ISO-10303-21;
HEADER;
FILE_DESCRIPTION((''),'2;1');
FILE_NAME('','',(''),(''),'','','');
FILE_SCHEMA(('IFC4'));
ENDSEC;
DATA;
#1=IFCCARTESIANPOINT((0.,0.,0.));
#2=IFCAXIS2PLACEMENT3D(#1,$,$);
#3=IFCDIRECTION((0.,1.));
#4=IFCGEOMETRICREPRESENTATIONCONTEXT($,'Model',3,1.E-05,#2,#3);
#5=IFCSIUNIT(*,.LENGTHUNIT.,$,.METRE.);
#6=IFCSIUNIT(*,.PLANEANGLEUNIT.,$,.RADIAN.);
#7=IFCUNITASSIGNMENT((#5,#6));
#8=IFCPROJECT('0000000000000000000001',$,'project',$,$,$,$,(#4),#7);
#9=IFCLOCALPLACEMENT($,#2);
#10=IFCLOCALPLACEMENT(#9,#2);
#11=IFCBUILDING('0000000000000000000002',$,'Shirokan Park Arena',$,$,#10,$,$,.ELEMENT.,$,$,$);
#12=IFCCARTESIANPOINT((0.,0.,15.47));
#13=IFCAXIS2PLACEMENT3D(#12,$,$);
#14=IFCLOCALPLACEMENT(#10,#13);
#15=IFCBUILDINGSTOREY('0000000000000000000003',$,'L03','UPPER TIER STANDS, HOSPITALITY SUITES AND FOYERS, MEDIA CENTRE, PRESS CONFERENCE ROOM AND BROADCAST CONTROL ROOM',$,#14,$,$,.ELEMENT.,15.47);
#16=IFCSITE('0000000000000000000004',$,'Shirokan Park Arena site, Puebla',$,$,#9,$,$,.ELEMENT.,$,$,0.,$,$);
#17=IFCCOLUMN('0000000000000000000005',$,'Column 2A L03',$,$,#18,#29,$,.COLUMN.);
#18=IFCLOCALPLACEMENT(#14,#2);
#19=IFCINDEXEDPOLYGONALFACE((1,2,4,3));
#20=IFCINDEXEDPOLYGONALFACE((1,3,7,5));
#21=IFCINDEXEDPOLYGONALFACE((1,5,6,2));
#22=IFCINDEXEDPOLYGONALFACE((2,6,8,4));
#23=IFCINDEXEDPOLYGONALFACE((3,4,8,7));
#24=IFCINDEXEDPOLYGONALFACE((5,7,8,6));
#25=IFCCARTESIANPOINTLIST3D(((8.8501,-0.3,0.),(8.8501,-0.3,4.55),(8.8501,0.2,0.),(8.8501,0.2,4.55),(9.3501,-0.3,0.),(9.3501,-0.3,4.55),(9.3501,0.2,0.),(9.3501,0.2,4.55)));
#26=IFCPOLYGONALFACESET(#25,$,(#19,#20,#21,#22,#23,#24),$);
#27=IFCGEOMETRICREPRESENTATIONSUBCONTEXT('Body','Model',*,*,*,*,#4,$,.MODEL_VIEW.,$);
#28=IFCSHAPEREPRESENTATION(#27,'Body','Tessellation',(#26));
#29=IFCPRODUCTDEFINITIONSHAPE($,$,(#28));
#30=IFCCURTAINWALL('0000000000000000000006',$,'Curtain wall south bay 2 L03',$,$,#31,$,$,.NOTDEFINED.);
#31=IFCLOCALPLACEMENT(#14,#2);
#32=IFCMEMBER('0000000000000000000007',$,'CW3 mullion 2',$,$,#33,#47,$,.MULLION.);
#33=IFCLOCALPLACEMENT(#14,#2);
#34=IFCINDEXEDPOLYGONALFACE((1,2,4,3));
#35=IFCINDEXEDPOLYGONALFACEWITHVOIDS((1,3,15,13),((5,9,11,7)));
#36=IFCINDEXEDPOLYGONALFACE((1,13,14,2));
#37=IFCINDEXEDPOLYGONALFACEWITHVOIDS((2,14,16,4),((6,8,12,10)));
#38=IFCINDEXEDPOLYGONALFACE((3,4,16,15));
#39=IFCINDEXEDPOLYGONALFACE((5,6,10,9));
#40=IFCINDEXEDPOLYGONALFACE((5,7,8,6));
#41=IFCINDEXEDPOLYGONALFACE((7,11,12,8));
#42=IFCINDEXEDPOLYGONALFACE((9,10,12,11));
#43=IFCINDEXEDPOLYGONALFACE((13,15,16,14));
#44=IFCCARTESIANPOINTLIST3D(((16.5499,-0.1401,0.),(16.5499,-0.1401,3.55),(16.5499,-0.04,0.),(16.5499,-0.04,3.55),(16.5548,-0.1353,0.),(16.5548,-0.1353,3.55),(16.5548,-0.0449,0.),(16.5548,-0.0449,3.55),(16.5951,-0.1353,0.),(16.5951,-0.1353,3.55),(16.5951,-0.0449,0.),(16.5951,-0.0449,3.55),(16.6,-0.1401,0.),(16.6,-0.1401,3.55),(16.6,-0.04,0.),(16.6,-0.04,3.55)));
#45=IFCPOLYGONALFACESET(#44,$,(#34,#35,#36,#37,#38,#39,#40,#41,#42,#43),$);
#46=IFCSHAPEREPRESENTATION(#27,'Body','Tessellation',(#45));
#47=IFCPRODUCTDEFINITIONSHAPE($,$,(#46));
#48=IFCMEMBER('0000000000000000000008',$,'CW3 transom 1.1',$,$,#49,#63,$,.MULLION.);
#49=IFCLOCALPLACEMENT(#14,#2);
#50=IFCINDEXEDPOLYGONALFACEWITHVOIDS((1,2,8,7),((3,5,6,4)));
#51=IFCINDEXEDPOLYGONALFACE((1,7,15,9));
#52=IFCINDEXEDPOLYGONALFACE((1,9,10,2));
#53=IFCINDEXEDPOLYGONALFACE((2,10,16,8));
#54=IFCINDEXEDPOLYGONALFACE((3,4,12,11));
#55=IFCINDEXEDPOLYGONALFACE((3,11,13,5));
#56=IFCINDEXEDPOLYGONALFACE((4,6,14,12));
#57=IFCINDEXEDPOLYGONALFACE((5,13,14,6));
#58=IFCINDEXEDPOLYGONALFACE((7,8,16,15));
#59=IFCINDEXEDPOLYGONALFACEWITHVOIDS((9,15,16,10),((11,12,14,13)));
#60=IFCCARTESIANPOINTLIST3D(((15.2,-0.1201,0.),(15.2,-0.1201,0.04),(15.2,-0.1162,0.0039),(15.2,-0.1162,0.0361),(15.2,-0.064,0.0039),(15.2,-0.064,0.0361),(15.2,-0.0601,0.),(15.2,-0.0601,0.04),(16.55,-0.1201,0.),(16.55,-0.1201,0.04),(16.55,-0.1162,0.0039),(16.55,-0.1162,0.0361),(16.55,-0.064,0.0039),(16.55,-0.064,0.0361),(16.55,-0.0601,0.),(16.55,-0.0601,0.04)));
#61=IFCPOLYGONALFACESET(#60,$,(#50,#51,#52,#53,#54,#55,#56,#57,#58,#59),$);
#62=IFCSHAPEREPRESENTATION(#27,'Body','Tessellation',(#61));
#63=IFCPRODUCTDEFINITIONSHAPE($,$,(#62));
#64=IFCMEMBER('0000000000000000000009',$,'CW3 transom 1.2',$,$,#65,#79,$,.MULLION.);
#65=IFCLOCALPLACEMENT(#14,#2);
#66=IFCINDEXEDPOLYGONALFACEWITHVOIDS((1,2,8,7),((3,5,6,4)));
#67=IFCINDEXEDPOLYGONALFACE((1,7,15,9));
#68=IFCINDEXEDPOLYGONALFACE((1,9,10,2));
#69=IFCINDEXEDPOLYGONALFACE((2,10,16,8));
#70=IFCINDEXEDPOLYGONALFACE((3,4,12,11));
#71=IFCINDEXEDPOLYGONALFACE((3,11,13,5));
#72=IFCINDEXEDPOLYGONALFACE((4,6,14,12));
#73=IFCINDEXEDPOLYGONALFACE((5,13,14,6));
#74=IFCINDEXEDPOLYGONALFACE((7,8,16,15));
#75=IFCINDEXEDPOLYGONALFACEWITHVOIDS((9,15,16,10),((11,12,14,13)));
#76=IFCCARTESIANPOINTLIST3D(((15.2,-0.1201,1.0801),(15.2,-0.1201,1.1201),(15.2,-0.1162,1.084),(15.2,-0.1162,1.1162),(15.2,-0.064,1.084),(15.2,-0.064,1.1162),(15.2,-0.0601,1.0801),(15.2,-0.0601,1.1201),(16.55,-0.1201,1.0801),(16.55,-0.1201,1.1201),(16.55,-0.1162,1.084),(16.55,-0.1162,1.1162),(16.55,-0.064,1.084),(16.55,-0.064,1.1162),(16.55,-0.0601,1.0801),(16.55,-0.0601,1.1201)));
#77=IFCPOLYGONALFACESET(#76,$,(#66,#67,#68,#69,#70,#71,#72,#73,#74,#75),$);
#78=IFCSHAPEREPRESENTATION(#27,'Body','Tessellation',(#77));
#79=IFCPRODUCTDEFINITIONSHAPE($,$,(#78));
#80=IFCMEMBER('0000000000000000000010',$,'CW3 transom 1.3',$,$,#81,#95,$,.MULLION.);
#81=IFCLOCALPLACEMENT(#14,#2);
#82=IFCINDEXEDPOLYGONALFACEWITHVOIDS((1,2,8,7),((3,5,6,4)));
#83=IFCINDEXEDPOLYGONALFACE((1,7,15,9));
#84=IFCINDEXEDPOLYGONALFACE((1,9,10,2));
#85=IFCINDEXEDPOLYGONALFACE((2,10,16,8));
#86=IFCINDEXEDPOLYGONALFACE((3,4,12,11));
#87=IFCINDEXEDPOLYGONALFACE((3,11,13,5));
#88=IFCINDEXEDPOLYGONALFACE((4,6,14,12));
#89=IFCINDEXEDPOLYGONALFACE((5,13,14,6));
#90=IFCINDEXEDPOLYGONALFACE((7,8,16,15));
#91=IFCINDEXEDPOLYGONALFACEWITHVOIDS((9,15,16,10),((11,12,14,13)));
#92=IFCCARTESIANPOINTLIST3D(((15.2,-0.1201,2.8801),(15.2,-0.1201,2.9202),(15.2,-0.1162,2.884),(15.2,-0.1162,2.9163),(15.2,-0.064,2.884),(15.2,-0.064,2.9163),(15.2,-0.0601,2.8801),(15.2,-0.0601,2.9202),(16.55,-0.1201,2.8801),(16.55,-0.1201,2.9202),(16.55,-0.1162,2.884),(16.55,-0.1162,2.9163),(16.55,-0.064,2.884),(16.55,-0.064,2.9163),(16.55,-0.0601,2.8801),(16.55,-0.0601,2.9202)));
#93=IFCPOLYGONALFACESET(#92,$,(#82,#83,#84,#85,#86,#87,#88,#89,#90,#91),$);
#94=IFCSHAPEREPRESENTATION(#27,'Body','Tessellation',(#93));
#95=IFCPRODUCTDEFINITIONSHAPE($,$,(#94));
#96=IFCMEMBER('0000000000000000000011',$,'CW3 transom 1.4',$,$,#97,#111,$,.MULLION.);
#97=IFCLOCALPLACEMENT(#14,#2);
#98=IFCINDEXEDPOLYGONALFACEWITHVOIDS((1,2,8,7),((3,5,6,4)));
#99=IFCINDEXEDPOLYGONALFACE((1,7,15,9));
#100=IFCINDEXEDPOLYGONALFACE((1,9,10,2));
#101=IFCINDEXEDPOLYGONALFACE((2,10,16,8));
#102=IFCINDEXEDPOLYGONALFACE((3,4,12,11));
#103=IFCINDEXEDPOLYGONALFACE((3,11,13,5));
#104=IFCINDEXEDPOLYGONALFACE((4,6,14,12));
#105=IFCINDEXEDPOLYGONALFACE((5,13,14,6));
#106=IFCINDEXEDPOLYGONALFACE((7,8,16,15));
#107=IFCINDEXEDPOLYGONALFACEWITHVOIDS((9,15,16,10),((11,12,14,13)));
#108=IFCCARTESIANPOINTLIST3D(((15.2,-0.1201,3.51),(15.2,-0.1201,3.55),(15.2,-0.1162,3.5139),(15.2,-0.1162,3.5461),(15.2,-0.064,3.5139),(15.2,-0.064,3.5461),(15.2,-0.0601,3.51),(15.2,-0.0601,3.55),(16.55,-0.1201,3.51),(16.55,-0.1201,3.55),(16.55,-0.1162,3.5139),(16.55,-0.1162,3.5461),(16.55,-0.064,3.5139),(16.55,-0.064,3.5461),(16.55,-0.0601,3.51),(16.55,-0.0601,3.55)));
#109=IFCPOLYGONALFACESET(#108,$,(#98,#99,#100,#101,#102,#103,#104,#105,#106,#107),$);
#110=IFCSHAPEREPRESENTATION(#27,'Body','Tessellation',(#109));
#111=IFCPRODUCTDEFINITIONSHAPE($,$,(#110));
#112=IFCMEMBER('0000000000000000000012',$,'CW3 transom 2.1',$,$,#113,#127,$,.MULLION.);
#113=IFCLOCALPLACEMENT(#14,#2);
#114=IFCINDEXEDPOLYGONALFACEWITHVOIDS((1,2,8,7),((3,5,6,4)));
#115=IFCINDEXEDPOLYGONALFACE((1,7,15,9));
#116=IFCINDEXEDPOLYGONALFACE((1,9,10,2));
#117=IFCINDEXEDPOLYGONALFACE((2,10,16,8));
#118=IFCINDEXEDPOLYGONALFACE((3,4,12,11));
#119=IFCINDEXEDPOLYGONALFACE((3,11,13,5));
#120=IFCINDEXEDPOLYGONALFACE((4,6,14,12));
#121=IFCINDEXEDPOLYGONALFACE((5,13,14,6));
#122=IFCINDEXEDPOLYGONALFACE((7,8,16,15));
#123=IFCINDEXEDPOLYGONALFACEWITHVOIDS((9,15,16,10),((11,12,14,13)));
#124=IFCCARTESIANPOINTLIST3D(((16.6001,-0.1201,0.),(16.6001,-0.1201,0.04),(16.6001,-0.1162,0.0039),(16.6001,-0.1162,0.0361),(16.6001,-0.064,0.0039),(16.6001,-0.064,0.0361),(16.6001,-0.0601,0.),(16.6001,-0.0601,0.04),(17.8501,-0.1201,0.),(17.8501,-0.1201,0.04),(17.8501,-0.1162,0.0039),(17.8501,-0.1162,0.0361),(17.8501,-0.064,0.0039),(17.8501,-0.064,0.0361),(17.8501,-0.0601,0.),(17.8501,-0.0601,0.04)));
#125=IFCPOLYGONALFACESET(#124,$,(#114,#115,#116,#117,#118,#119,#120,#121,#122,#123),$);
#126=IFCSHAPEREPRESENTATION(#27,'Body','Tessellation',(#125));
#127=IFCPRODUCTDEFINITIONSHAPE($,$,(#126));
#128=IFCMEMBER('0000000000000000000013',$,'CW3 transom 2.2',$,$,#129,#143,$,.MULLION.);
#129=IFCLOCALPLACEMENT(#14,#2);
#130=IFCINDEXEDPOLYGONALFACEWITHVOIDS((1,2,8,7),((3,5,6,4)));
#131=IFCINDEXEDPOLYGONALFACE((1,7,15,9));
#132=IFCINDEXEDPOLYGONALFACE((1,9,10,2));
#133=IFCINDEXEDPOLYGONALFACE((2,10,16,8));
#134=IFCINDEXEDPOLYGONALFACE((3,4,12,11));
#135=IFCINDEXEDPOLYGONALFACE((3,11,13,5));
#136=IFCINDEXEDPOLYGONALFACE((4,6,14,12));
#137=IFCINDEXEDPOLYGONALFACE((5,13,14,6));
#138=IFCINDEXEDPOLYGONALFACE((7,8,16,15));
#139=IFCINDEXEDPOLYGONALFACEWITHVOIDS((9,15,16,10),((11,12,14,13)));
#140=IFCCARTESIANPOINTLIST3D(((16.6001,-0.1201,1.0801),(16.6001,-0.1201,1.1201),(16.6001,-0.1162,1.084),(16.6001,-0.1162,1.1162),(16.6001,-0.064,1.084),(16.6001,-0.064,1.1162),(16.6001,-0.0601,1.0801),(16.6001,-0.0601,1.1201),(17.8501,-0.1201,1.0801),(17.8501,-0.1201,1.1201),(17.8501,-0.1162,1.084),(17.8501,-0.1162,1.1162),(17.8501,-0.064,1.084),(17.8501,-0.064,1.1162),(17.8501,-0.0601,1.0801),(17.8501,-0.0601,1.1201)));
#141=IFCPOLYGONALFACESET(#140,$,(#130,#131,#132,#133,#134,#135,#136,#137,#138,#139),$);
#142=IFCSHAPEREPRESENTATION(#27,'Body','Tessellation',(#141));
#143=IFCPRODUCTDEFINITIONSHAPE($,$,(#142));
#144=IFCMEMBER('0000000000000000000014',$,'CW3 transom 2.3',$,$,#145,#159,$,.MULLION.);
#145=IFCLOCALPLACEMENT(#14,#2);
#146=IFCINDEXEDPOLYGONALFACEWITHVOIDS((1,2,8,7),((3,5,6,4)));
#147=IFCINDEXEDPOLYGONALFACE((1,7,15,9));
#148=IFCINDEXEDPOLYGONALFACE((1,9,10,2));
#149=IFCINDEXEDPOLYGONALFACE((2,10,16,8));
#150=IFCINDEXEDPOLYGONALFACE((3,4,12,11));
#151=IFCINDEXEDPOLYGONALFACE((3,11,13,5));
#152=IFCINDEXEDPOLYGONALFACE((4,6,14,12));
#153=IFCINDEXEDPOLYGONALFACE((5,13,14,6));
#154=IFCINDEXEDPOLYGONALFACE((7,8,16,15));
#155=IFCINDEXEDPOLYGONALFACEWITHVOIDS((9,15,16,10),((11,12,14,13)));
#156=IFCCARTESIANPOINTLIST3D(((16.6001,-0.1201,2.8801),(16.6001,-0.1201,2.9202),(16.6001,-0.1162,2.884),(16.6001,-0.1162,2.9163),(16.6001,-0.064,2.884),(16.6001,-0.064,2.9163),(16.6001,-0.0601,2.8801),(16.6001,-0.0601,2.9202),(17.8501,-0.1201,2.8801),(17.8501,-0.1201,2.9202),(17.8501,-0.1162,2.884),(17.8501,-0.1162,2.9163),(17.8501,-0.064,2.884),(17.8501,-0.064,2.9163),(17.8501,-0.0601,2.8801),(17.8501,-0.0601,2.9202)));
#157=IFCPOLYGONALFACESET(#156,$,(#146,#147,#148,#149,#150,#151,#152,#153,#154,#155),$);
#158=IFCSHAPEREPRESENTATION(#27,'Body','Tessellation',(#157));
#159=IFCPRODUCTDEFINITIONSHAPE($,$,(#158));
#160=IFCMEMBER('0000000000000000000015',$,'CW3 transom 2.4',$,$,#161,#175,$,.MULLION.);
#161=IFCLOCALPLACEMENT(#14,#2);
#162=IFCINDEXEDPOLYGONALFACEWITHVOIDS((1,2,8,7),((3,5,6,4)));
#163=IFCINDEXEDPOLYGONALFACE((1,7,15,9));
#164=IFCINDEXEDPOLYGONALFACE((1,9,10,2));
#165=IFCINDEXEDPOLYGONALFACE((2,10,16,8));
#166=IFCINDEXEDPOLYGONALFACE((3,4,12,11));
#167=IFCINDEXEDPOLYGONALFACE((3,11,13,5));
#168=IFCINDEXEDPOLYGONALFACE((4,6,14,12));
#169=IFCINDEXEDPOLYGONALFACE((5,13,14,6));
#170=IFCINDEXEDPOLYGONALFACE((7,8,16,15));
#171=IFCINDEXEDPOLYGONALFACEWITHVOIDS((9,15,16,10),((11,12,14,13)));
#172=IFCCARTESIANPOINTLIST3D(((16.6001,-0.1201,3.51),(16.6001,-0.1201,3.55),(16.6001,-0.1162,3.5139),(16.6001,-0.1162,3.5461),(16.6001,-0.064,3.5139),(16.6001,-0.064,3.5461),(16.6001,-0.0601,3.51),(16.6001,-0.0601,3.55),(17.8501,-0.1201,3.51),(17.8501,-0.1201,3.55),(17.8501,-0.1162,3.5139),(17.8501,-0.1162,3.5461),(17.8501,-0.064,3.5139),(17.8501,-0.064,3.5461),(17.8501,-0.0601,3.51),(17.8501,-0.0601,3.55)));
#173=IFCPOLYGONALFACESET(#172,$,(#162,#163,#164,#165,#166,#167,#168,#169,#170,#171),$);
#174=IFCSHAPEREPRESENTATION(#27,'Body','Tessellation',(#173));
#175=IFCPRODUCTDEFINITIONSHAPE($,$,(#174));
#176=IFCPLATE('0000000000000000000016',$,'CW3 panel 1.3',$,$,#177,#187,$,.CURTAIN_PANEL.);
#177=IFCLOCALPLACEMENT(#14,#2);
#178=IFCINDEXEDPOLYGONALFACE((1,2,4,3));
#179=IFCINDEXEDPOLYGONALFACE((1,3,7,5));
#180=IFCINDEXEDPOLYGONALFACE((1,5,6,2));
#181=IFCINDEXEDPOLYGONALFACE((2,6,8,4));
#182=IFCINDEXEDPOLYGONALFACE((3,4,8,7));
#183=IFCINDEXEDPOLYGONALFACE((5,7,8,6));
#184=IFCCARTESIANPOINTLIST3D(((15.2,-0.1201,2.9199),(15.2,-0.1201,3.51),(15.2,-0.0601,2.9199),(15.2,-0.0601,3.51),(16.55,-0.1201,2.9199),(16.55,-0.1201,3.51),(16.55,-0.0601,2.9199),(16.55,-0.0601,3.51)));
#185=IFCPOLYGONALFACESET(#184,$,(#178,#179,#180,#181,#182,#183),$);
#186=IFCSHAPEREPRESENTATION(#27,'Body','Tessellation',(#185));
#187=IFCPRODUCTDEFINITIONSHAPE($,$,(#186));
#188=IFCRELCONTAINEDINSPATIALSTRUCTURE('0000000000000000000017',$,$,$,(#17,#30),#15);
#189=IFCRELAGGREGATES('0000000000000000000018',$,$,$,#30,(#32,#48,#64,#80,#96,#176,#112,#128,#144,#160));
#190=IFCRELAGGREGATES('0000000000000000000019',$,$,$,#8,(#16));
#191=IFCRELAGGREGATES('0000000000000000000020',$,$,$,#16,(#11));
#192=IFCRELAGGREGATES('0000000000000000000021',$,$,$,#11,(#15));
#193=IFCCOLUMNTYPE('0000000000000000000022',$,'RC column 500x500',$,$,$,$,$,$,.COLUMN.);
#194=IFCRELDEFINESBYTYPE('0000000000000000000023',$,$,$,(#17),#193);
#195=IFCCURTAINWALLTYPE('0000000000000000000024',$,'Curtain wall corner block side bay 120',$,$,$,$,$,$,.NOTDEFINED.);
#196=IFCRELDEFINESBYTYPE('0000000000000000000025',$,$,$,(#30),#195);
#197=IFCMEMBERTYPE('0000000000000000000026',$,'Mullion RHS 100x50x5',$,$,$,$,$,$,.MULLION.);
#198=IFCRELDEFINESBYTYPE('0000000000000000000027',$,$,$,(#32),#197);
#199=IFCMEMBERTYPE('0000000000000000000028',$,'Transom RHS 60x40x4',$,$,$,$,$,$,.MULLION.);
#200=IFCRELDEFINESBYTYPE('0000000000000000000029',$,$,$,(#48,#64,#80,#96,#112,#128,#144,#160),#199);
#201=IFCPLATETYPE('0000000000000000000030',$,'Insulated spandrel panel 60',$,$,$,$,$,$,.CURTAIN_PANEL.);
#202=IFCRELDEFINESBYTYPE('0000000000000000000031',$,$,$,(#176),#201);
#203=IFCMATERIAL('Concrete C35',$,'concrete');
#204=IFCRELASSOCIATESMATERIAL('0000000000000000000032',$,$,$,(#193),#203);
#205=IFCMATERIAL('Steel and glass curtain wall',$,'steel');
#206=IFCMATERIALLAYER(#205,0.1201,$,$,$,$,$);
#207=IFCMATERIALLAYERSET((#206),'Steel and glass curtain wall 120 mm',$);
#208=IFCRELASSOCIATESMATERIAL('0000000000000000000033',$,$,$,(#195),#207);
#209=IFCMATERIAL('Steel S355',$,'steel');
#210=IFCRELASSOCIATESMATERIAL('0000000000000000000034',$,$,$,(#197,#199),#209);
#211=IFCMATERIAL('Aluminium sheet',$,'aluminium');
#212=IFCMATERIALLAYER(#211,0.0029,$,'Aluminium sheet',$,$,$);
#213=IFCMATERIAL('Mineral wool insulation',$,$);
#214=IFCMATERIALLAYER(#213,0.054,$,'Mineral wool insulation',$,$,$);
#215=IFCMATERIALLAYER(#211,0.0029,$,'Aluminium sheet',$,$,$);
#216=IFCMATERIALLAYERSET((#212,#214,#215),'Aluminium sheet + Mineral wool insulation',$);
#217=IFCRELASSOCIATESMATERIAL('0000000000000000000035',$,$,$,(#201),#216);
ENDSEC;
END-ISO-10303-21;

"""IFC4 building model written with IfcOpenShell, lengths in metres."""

from ifc_helpers import new_model, si_unit, direction, frame, origin, origin_2d, place, context, subcontext, project, spatial, rectangle, hollow_rectangle, extrude, material, layer, layer_set, material_profile, profile_set, type_object, element, aggregate, save


model = new_model("IFC4")

# Units and contexts
model_context = context("Model", 3, precision=1e-05, world=origin(), true_north=direction((0.0, 1.0)))
body_context = subcontext(model_context, "Body", "Model", "MODEL_VIEW")
ifc_project = project(units=[si_unit("LENGTHUNIT", "METRE"), si_unit("PLANEANGLEUNIT", "RADIAN")], contexts=[model_context])

# Site, building, storey
site_placement = place(None, origin())
site = spatial("IfcSite", under=ifc_project, at=site_placement, Name="Shirokan Park Arena site, Puebla", CompositionType="ELEMENT", RefElevation=0.0)
building_placement = place(site_placement, origin())
building = spatial("IfcBuilding", under=site, at=building_placement, Name="Shirokan Park Arena", CompositionType="ELEMENT")
storey_placement = place(building_placement, frame((0.0, 0.0, 15.47)))
storey = spatial("IfcBuildingStorey", under=building, at=storey_placement, Name="L03", Description="UPPER TIER STANDS, HOSPITALITY SUITES AND FOYERS, MEDIA CENTRE, PRESS CONFERENCE ROOM AND BROADCAST CONTROL ROOM", CompositionType="ELEMENT", Elevation=15.47)

# Column
ifc_material_1 = material(Name="Concrete C35", Category="concrete")
ifc_material_profile_1 = material_profile(ifc_material_1, rectangle(XDim=0.5, YDim=0.5, at=origin_2d()), Name="500x500")
ifc_profile_set_1 = profile_set([ifc_material_profile_1], Name="Concrete C35")
column_type = type_object("IfcColumnType", Name="RC column 500x500", PredefinedType="COLUMN", material=ifc_profile_set_1)
column_placement = place(storey_placement, frame((9.1001, -0.05, 0.0), z_axis=(0.0, 0.0, 1.0), x_axis=(1.0, 0.0, 0.0)))
element("IfcColumn", 1, at=column_placement, inside=storey, type_object=column_type, Name="Column 2A L03", PredefinedType="COLUMN", context=body_context, shape_type="SweptSolid", body=[
    extrude(rectangle(XDim=0.5, YDim=0.5, at=origin_2d()), origin(), (0.0, 0.0, 1.0), 4.55),
])

# Curtain wall, members, plate
ifc_material_2 = material(Name="Steel and glass curtain wall", Category="steel")
ifc_layer_1 = layer(ifc_material_2, 0.1201)
ifc_layer_set_1 = layer_set([ifc_layer_1], Name="Steel and glass curtain wall 120 mm")
curtain_wall_type = type_object("IfcCurtainWallType", Name="Curtain wall corner block side bay 120", PredefinedType="NOTDEFINED", material=ifc_layer_set_1)
curtain_wall_placement = place(storey_placement, origin())
curtain_wall = element("IfcCurtainWall", 2, at=curtain_wall_placement, inside=storey, type_object=curtain_wall_type, Name="Curtain wall south bay 2 L03", PredefinedType="NOTDEFINED")
ifc_material_3 = material(Name="Steel S355", Category="steel")
ifc_material_profile_2 = material_profile(ifc_material_3, hollow_rectangle(XDim=0.1001, YDim=0.05, WallThickness=0.0049, at=origin_2d()), Name="RHS 100x50x5")
ifc_profile_set_2 = profile_set([ifc_material_profile_2], Name="Steel S355")
member_type_1 = type_object("IfcMemberType", Name="Mullion RHS 100x50x5", PredefinedType="MULLION", material=ifc_profile_set_2)
member_1_placement = place(storey_placement, frame((16.575, -0.0901, 0.0), z_axis=(0.0, 0.0, 1.0), x_axis=(0.0, 1.0, 0.0)))
member_1 = element("IfcMember", 3, at=member_1_placement, type_object=member_type_1, Name="CW3 mullion 2", PredefinedType="MULLION", context=body_context, shape_type="SweptSolid", body=[
    extrude(hollow_rectangle(XDim=0.1001, YDim=0.05, WallThickness=0.0049, at=origin_2d()), origin(), (0.0, 0.0, 1.0), 3.55),
])
ifc_material_profile_3 = material_profile(ifc_material_3, hollow_rectangle(XDim=0.0601, YDim=0.04, WallThickness=0.0039, at=origin_2d()), Name="RHS 60x40x4")
ifc_profile_set_3 = profile_set([ifc_material_profile_3], Name="Steel S355")
member_type_2 = type_object("IfcMemberType", Name="Transom RHS 60x40x4", PredefinedType="MULLION", material=ifc_profile_set_3)
member_2_placement = place(storey_placement, frame((15.2, -0.0901, 0.02), z_axis=(1.0, 0.0, 0.0), x_axis=(0.0, 1.0, 0.0)))
member_2 = element("IfcMember", 4, at=member_2_placement, type_object=member_type_2, Name="CW3 transom 1.1", PredefinedType="MULLION", context=body_context, shape_type="SweptSolid", body=[
    extrude(hollow_rectangle(XDim=0.0601, YDim=0.04, WallThickness=0.0039, at=origin_2d()), origin(), (0.0, 0.0, 1.0), 1.3501),
])
member_3_placement = place(storey_placement, frame((15.2, -0.0901, 1.1001), z_axis=(1.0, 0.0, 0.0), x_axis=(0.0, 1.0, 0.0)))
member_3 = element("IfcMember", 5, at=member_3_placement, type_object=member_type_2, Name="CW3 transom 1.2", PredefinedType="MULLION", context=body_context, shape_type="SweptSolid", body=[
    extrude(hollow_rectangle(XDim=0.0601, YDim=0.04, WallThickness=0.0039, at=origin_2d()), origin(), (0.0, 0.0, 1.0), 1.3501),
])
member_4_placement = place(storey_placement, frame((15.2, -0.0901, 2.9001), z_axis=(1.0, 0.0, 0.0), x_axis=(0.0, 1.0, 0.0)))
member_4 = element("IfcMember", 6, at=member_4_placement, type_object=member_type_2, Name="CW3 transom 1.3", PredefinedType="MULLION", context=body_context, shape_type="SweptSolid", body=[
    extrude(hollow_rectangle(XDim=0.0601, YDim=0.04, WallThickness=0.0039, at=origin_2d()), origin(), (0.0, 0.0, 1.0), 1.3501),
])
member_5_placement = place(storey_placement, frame((15.2, -0.0901, 3.53), z_axis=(1.0, 0.0, 0.0), x_axis=(0.0, 1.0, 0.0)))
member_5 = element("IfcMember", 7, at=member_5_placement, type_object=member_type_2, Name="CW3 transom 1.4", PredefinedType="MULLION", context=body_context, shape_type="SweptSolid", body=[
    extrude(hollow_rectangle(XDim=0.0601, YDim=0.04, WallThickness=0.0039, at=origin_2d()), origin(), (0.0, 0.0, 1.0), 1.3501),
])
member_6_placement = place(storey_placement, frame((16.6001, -0.0901, 0.02), z_axis=(1.0, 0.0, 0.0), x_axis=(0.0, 1.0, 0.0)))
member_6 = element("IfcMember", 8, at=member_6_placement, type_object=member_type_2, Name="CW3 transom 2.1", PredefinedType="MULLION", context=body_context, shape_type="SweptSolid", body=[
    extrude(hollow_rectangle(XDim=0.0601, YDim=0.04, WallThickness=0.0039, at=origin_2d()), origin(), (0.0, 0.0, 1.0), 1.25),
])
member_7_placement = place(storey_placement, frame((16.6001, -0.0901, 1.1001), z_axis=(1.0, 0.0, 0.0), x_axis=(0.0, 1.0, 0.0)))
member_7 = element("IfcMember", 9, at=member_7_placement, type_object=member_type_2, Name="CW3 transom 2.2", PredefinedType="MULLION", context=body_context, shape_type="SweptSolid", body=[
    extrude(hollow_rectangle(XDim=0.0601, YDim=0.04, WallThickness=0.0039, at=origin_2d()), origin(), (0.0, 0.0, 1.0), 1.25),
])
member_8_placement = place(storey_placement, frame((16.6001, -0.0901, 2.9001), z_axis=(1.0, 0.0, 0.0), x_axis=(0.0, 1.0, 0.0)))
member_8 = element("IfcMember", 10, at=member_8_placement, type_object=member_type_2, Name="CW3 transom 2.3", PredefinedType="MULLION", context=body_context, shape_type="SweptSolid", body=[
    extrude(hollow_rectangle(XDim=0.0601, YDim=0.04, WallThickness=0.0039, at=origin_2d()), origin(), (0.0, 0.0, 1.0), 1.25),
])
member_9_placement = place(storey_placement, frame((16.6001, -0.0901, 3.53), z_axis=(1.0, 0.0, 0.0), x_axis=(0.0, 1.0, 0.0)))
member_9 = element("IfcMember", 11, at=member_9_placement, type_object=member_type_2, Name="CW3 transom 2.4", PredefinedType="MULLION", context=body_context, shape_type="SweptSolid", body=[
    extrude(hollow_rectangle(XDim=0.0601, YDim=0.04, WallThickness=0.0039, at=origin_2d()), origin(), (0.0, 0.0, 1.0), 1.25),
])
ifc_material_4 = material(Name="Aluminium sheet", Category="aluminium")
ifc_layer_2 = layer(ifc_material_4, 0.0029, Name="Aluminium sheet")
ifc_material_5 = material(Name="Mineral wool insulation")
ifc_layer_3 = layer(ifc_material_5, 0.054, Name="Mineral wool insulation")
ifc_layer_4 = layer(ifc_material_4, 0.0029, Name="Aluminium sheet")
ifc_layer_set_2 = layer_set([ifc_layer_2, ifc_layer_3, ifc_layer_4], Name="Aluminium sheet + Mineral wool insulation")
plate_type_1 = type_object("IfcPlateType", Name="Insulated spandrel panel 60", PredefinedType="CURTAIN_PANEL", material=ifc_layer_set_2)
plate_1_placement = place(storey_placement, frame((15.875, -0.0901, 2.9199), z_axis=(0.0, 0.0, 1.0), x_axis=(1.0, 0.0, 0.0)))
plate_1 = element("IfcPlate", 12, at=plate_1_placement, type_object=plate_type_1, Name="CW3 panel 1.3", PredefinedType="CURTAIN_PANEL", context=body_context, shape_type="SweptSolid", body=[
    extrude(rectangle(XDim=1.3501, YDim=0.0601, at=origin_2d()), origin(), (0.0, 0.0, 1.0), 0.5901),
])
aggregate(curtain_wall, [member_1, member_2, member_3, member_4, member_5, plate_1, member_6, member_7, member_8, member_9])

save(model, "model.ifc")
